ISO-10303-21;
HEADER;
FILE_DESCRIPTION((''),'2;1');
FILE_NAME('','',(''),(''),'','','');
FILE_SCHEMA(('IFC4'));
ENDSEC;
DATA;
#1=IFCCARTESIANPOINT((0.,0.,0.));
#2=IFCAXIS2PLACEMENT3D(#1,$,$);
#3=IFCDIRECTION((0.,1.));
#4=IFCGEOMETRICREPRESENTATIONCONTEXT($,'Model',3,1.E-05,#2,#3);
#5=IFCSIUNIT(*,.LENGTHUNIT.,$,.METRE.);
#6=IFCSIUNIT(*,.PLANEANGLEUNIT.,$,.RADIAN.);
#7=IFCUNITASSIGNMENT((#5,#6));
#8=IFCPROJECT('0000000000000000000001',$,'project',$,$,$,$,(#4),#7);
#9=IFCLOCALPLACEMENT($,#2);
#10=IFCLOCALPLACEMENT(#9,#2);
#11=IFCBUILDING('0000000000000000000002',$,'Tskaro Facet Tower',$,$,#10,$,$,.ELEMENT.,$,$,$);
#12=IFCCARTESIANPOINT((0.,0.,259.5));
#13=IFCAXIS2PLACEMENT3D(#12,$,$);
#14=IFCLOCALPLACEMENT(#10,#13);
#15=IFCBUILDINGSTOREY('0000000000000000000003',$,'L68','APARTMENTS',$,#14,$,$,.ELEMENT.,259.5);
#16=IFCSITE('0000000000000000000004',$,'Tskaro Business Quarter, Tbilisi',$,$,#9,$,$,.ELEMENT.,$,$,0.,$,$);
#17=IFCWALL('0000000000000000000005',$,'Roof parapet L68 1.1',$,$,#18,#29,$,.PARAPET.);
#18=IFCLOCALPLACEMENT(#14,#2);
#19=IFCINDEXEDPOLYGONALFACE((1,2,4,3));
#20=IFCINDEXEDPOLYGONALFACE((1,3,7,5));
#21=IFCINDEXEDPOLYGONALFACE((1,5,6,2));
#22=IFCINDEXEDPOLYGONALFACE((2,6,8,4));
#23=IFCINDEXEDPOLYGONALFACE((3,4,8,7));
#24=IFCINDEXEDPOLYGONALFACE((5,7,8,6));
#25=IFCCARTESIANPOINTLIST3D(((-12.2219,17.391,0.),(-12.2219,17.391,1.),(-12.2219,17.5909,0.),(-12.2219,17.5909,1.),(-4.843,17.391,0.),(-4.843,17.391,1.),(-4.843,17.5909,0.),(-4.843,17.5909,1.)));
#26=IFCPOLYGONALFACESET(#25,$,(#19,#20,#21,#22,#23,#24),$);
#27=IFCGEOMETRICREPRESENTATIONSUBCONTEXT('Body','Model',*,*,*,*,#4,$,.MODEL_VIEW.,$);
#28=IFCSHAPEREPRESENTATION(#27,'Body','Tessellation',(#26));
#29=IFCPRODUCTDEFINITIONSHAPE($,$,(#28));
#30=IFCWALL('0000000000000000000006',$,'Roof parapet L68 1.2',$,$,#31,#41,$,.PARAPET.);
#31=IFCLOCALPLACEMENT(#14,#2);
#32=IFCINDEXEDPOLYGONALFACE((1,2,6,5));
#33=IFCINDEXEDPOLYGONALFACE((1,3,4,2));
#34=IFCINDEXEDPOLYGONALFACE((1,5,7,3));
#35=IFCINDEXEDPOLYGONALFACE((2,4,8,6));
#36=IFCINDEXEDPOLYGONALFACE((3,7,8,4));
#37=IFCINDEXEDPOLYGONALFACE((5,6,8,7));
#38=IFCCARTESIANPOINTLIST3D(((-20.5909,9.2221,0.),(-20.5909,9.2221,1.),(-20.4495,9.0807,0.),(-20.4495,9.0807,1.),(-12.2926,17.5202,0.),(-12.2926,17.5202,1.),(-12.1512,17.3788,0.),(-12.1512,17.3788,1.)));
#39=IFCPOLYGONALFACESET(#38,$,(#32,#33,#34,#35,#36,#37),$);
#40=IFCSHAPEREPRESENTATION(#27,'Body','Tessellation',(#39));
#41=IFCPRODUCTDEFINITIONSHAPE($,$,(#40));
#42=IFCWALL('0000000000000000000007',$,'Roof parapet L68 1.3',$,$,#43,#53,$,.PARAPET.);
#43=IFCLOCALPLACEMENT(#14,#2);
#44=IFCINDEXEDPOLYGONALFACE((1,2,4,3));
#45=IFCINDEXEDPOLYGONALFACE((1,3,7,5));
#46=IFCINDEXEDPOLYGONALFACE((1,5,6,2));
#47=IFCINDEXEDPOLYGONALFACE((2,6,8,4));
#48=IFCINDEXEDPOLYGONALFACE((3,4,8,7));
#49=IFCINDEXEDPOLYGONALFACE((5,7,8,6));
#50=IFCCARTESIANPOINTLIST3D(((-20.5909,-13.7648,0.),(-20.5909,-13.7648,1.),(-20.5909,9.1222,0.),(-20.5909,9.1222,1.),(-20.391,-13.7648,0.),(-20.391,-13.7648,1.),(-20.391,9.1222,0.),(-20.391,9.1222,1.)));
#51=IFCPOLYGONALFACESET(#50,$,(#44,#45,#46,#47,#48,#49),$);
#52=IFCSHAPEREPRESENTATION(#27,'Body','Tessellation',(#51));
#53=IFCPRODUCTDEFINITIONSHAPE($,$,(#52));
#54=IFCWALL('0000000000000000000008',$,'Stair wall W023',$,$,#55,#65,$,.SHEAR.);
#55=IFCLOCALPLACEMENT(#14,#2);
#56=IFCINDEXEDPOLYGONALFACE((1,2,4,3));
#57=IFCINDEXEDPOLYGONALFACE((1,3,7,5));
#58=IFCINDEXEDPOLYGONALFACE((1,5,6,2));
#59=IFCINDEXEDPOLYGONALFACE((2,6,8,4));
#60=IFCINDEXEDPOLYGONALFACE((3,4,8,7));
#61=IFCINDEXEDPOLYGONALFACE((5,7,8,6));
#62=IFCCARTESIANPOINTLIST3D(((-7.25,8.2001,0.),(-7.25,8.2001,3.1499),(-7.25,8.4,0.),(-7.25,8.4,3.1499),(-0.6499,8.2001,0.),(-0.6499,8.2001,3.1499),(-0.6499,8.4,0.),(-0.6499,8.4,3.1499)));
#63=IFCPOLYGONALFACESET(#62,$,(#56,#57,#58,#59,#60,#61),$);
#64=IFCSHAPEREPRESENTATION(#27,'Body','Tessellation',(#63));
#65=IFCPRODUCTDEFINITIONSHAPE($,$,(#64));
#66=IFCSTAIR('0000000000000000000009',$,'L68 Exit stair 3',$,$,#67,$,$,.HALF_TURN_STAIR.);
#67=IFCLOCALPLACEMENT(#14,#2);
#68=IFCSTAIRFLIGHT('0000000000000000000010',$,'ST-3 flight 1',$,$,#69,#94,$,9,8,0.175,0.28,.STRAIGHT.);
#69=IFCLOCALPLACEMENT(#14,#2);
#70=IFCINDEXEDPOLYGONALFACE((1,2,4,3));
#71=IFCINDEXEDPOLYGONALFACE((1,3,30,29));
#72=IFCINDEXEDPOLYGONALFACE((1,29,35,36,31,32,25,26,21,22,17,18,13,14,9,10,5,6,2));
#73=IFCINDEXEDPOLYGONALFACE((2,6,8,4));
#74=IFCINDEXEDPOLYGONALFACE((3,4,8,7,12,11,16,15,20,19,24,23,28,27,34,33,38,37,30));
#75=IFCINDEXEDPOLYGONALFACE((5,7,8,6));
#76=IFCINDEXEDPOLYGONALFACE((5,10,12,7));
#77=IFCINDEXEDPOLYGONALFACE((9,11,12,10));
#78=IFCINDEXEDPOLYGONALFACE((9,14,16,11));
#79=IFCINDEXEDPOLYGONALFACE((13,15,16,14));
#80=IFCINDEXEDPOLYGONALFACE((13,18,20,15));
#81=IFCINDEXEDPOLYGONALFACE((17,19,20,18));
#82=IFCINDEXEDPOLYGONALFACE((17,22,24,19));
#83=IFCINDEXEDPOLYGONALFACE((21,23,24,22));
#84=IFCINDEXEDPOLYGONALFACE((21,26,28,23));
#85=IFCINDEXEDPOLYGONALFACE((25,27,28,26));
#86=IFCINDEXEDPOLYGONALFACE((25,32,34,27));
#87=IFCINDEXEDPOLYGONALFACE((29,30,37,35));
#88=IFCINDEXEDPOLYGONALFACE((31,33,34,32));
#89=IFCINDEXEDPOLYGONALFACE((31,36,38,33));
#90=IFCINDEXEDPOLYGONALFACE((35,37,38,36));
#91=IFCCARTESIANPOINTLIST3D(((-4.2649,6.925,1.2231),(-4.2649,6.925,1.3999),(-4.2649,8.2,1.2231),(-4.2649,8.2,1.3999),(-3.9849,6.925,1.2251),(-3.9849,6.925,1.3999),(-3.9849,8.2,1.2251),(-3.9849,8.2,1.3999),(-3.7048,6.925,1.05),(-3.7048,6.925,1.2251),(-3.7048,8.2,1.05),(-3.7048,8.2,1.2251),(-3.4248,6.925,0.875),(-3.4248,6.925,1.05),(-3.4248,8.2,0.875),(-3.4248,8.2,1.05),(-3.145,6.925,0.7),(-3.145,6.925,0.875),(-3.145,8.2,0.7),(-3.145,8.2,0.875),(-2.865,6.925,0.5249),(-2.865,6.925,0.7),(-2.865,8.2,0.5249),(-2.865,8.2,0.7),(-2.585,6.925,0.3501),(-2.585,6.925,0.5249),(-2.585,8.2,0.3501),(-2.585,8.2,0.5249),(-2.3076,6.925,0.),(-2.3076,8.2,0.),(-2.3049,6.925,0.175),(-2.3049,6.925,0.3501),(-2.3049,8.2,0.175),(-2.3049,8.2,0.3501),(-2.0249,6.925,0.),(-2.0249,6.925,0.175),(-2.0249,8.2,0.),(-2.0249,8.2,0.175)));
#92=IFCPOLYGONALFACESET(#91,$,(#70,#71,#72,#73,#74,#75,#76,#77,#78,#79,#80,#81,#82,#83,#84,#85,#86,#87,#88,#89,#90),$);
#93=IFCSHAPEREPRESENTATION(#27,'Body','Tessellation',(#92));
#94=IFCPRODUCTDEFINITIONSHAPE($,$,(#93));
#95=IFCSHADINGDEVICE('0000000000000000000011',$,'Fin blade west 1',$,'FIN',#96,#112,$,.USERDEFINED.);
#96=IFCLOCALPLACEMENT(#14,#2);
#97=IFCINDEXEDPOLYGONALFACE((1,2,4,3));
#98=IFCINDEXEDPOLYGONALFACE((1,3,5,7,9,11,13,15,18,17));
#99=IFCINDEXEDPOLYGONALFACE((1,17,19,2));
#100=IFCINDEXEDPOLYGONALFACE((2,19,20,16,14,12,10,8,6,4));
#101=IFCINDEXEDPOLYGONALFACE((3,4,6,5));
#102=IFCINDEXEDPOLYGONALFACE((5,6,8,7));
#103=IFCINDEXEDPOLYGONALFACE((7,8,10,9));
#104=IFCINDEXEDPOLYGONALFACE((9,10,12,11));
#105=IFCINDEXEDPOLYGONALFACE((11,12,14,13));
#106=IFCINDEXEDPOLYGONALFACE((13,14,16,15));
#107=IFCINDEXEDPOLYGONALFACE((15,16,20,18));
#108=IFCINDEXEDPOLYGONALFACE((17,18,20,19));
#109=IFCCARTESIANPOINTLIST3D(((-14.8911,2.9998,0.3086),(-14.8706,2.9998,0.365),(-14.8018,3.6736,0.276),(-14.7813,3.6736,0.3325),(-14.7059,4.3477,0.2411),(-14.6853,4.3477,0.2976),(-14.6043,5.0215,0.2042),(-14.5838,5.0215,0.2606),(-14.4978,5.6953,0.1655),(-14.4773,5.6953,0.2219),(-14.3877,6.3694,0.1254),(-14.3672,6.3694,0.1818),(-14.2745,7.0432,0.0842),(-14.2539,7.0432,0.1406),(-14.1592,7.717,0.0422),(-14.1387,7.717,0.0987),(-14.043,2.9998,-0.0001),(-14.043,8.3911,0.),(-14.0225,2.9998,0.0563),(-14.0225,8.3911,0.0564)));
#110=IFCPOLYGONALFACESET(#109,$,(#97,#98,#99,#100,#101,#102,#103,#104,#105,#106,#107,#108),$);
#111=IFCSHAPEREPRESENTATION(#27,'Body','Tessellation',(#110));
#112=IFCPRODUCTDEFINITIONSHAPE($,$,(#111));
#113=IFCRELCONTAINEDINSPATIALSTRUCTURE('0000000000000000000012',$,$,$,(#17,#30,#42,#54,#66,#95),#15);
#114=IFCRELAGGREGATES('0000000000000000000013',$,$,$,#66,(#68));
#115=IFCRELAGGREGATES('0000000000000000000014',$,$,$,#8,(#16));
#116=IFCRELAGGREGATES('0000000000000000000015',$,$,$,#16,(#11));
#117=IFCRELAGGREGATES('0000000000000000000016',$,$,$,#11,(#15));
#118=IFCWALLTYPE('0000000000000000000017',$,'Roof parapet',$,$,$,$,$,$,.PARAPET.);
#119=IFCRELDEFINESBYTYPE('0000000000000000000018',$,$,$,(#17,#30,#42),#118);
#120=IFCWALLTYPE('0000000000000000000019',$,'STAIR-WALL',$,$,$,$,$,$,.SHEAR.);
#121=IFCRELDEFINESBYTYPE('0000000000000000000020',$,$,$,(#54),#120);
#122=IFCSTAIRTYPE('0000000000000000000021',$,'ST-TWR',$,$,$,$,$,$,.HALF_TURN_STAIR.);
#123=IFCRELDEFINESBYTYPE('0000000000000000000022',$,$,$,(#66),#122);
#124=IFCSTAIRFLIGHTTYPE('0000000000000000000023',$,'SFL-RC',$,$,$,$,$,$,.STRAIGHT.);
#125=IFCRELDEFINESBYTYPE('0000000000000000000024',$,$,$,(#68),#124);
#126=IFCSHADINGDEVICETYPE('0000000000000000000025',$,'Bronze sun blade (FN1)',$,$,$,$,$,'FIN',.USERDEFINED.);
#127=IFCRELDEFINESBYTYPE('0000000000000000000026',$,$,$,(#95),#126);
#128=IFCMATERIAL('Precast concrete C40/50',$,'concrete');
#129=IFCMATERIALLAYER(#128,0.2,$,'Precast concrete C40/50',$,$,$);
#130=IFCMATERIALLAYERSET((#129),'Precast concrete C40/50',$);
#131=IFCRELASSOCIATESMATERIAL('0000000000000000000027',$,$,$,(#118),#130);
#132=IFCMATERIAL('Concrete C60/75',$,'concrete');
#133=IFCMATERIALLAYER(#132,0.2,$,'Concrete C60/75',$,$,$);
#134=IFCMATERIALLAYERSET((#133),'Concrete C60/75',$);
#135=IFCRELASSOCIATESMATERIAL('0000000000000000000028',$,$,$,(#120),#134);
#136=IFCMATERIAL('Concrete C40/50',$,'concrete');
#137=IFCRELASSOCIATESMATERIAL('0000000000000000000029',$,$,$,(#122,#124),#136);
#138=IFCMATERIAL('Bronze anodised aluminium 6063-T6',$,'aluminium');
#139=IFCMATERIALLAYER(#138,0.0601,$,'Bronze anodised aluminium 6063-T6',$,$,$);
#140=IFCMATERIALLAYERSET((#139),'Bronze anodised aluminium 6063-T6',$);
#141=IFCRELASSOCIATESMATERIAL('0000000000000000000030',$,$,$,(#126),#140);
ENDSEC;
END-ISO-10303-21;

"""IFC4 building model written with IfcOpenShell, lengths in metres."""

from ifc_helpers import new_model, si_unit, direction, frame, frame_2d, origin, place, context, subcontext, project, spatial, polyline, rectangle, outline, extrude, material, layer, layer_set, type_object, element, aggregate, save


model = new_model("IFC4")

# Units and contexts
model_context = context("Model", 3, precision=1e-05, world=origin(), true_north=direction((0.0, 1.0)))
body_context = subcontext(model_context, "Body", "Model", "MODEL_VIEW")
ifc_project = project(units=[si_unit("LENGTHUNIT", "METRE"), si_unit("PLANEANGLEUNIT", "RADIAN")], contexts=[model_context])

# Site, building, storey
site_placement = place(None, origin())
site = spatial("IfcSite", under=ifc_project, at=site_placement, Name="Tskaro Business Quarter, Tbilisi", CompositionType="ELEMENT", RefElevation=0.0)
building_placement = place(site_placement, origin())
building = spatial("IfcBuilding", under=site, at=building_placement, Name="Tskaro Facet Tower", CompositionType="ELEMENT")
storey_placement = place(building_placement, frame((0.0, 0.0, 259.5)))
storey = spatial("IfcBuildingStorey", under=building, at=storey_placement, Name="L68", Description="APARTMENTS", CompositionType="ELEMENT", Elevation=259.5)

# Shared definitions
ifc_material_1 = material(Name="Bronze anodised aluminium 6063-T6", Category="aluminium")

# Walls
ifc_material_2 = material(Name="Precast concrete C40/50", Category="concrete")
ifc_layer_1 = layer(ifc_material_2, 0.2, Name="Precast concrete C40/50")
ifc_layer_set_1 = layer_set([ifc_layer_1], Name="Precast concrete C40/50")
wall_type_1 = type_object("IfcWallType", Name="Roof parapet", PredefinedType="PARAPET", material=ifc_layer_set_1)
wall_1_placement = place(storey_placement, frame((-4.843, 17.491, 0.0), z_axis=(0.0, 0.0, 1.0), x_axis=(-1.0, 0.0, 0.0)))
element("IfcWall", 1, at=wall_1_placement, inside=storey, type_object=wall_type_1, Name="Roof parapet L68 1.1", PredefinedType="PARAPET", context=body_context, shape_type="SweptSolid", body=[
    extrude(rectangle(XDim=7.3789, YDim=0.2, at=frame_2d((3.6895, 0.0))), origin(), (0.0, 0.0, 1.0), 1.0),
])
wall_2_placement = place(storey_placement, frame((-12.2219, 17.4495, 0.0), z_axis=(0.0, 0.0, 1.0), x_axis=(-0.707117, -0.707096, 0.0)))
element("IfcWall", 2, at=wall_2_placement, inside=storey, type_object=wall_type_1, Name="Roof parapet L68 1.2", PredefinedType="PARAPET", context=body_context, shape_type="SweptSolid", body=[
    extrude(rectangle(XDim=11.7354, YDim=0.2, at=frame_2d((5.8677, 0.0))), origin(), (0.0, 0.0, 1.0), 1.0),
])
wall_3_placement = place(storey_placement, frame((-20.491, 9.1221, 0.0), z_axis=(0.0, 0.0, 1.0), x_axis=(0.0, -1.0, 0.0)))
element("IfcWall", 3, at=wall_3_placement, inside=storey, type_object=wall_type_1, Name="Roof parapet L68 1.3", PredefinedType="PARAPET", context=body_context, shape_type="SweptSolid", body=[
    extrude(rectangle(XDim=22.887, YDim=0.2, at=frame_2d((11.4434, 0.0))), origin(), (0.0, 0.0, 1.0), 1.0),
])
ifc_material_3 = material(Name="Concrete C60/75", Category="concrete")
ifc_layer_2 = layer(ifc_material_3, 0.2, Name="Concrete C60/75")
ifc_layer_set_2 = layer_set([ifc_layer_2], Name="Concrete C60/75")
wall_type_2 = type_object("IfcWallType", Name="STAIR-WALL", PredefinedType="SHEAR", material=ifc_layer_set_2)
wall_4_placement = place(storey_placement, frame((-7.25, 8.3, 0.0), z_axis=(0.0, 0.0, 1.0), x_axis=(1.0, 0.0, 0.0)))
element("IfcWall", 4, at=wall_4_placement, inside=storey, type_object=wall_type_2, Name="Stair wall W023", PredefinedType="SHEAR", context=body_context, shape_type="SweptSolid", body=[
    extrude(rectangle(XDim=6.6001, YDim=0.2, at=frame_2d((3.3, 0.0))), origin(), (0.0, 0.0, 1.0), 3.1499),
])

# Stair, stair flight
ifc_material_4 = material(Name="Concrete C40/50", Category="concrete")
stair_type = type_object("IfcStairType", Name="ST-TWR", PredefinedType="HALF_TURN_STAIR", material=ifc_material_4)
stair_placement = place(storey_placement, origin())
stair = element("IfcStair", 5, at=stair_placement, inside=storey, type_object=stair_type, Name="L68 Exit stair 3", PredefinedType="HALF_TURN_STAIR")
stair_flight_type = type_object("IfcStairFlightType", Name="SFL-RC", PredefinedType="STRAIGHT", material=ifc_material_4)
stair_flight_placement = place(storey_placement, frame((-2.0249, 7.5625, 0.0), z_axis=(0.0, 0.0, 1.0), x_axis=(-1.0, 0.0, 0.0)))
stair_flight = element("IfcStairFlight", 6, at=stair_flight_placement, type_object=stair_flight_type, Name="ST-3 flight 1", NumberOfRisers=9, NumberOfTreads=8, PredefinedType="STRAIGHT", RiserHeight=0.175, TreadLength=0.28, context=body_context, shape_type="SweptSolid", body=[
    extrude(outline(polyline([(0.0, 0.0), (0.0, 0.175), (0.28, 0.175), (0.28, 0.3501), (0.5601, 0.3501), (0.5601, 0.5249), (0.8401, 0.5249), (0.8401, 0.7), (1.1201, 0.7), (1.1201, 0.875), (1.3999, 0.875), (1.3999, 1.05), (1.6799, 1.05), (1.6799, 1.2251), (1.96, 1.2251), (1.96, 1.3999), (2.24, 1.3999), (2.24, 1.575), (2.24, 1.2231), (0.2827, 0.0), (0.0, 0.0)])), frame((0.0, 0.6375, 0.0), z_axis=(0.0, -1.0, 0.0), x_axis=(1.0, 0.0, 0.0)), (0.0, 0.0, 1.0), 1.2749),
])
aggregate(stair, [stair_flight])

# Shading device
ifc_layer_3 = layer(ifc_material_1, 0.0601, Name="Bronze anodised aluminium 6063-T6")
ifc_layer_set_3 = layer_set([ifc_layer_3], Name="Bronze anodised aluminium 6063-T6")
shading_device_type = type_object("IfcShadingDeviceType", Name="Bronze sun blade (FN1)", ElementType="FIN", PredefinedType="USERDEFINED", material=ifc_layer_set_3)
shading_device_placement = place(storey_placement, frame((-14.0225, 8.3911, 0.0564), z_axis=(0.341981, -0.000011, 0.939707), x_axis=(-0.000004, -1.0, -0.00001)))
element("IfcShadingDevice", 7, at=shading_device_placement, inside=storey, type_object=shading_device_type, Name="Fin blade west 1", ObjectType="FIN", PredefinedType="USERDEFINED", context=body_context, shape_type="SweptSolid", body=[
    extrude(outline(polyline([(0.0, 0.0), (5.3914, 0.0), (5.3914, -0.9025), (4.7175, -0.8075), (4.0435, -0.7054), (3.3696, -0.5973), (2.6958, -0.484), (2.0217, -0.3669), (1.3479, -0.2463), (0.6741, -0.1236), (0.0, 0.0)])), origin(), (0.0, 0.0, -1.0), 0.0601),
])

save(model, "model.ifc")
